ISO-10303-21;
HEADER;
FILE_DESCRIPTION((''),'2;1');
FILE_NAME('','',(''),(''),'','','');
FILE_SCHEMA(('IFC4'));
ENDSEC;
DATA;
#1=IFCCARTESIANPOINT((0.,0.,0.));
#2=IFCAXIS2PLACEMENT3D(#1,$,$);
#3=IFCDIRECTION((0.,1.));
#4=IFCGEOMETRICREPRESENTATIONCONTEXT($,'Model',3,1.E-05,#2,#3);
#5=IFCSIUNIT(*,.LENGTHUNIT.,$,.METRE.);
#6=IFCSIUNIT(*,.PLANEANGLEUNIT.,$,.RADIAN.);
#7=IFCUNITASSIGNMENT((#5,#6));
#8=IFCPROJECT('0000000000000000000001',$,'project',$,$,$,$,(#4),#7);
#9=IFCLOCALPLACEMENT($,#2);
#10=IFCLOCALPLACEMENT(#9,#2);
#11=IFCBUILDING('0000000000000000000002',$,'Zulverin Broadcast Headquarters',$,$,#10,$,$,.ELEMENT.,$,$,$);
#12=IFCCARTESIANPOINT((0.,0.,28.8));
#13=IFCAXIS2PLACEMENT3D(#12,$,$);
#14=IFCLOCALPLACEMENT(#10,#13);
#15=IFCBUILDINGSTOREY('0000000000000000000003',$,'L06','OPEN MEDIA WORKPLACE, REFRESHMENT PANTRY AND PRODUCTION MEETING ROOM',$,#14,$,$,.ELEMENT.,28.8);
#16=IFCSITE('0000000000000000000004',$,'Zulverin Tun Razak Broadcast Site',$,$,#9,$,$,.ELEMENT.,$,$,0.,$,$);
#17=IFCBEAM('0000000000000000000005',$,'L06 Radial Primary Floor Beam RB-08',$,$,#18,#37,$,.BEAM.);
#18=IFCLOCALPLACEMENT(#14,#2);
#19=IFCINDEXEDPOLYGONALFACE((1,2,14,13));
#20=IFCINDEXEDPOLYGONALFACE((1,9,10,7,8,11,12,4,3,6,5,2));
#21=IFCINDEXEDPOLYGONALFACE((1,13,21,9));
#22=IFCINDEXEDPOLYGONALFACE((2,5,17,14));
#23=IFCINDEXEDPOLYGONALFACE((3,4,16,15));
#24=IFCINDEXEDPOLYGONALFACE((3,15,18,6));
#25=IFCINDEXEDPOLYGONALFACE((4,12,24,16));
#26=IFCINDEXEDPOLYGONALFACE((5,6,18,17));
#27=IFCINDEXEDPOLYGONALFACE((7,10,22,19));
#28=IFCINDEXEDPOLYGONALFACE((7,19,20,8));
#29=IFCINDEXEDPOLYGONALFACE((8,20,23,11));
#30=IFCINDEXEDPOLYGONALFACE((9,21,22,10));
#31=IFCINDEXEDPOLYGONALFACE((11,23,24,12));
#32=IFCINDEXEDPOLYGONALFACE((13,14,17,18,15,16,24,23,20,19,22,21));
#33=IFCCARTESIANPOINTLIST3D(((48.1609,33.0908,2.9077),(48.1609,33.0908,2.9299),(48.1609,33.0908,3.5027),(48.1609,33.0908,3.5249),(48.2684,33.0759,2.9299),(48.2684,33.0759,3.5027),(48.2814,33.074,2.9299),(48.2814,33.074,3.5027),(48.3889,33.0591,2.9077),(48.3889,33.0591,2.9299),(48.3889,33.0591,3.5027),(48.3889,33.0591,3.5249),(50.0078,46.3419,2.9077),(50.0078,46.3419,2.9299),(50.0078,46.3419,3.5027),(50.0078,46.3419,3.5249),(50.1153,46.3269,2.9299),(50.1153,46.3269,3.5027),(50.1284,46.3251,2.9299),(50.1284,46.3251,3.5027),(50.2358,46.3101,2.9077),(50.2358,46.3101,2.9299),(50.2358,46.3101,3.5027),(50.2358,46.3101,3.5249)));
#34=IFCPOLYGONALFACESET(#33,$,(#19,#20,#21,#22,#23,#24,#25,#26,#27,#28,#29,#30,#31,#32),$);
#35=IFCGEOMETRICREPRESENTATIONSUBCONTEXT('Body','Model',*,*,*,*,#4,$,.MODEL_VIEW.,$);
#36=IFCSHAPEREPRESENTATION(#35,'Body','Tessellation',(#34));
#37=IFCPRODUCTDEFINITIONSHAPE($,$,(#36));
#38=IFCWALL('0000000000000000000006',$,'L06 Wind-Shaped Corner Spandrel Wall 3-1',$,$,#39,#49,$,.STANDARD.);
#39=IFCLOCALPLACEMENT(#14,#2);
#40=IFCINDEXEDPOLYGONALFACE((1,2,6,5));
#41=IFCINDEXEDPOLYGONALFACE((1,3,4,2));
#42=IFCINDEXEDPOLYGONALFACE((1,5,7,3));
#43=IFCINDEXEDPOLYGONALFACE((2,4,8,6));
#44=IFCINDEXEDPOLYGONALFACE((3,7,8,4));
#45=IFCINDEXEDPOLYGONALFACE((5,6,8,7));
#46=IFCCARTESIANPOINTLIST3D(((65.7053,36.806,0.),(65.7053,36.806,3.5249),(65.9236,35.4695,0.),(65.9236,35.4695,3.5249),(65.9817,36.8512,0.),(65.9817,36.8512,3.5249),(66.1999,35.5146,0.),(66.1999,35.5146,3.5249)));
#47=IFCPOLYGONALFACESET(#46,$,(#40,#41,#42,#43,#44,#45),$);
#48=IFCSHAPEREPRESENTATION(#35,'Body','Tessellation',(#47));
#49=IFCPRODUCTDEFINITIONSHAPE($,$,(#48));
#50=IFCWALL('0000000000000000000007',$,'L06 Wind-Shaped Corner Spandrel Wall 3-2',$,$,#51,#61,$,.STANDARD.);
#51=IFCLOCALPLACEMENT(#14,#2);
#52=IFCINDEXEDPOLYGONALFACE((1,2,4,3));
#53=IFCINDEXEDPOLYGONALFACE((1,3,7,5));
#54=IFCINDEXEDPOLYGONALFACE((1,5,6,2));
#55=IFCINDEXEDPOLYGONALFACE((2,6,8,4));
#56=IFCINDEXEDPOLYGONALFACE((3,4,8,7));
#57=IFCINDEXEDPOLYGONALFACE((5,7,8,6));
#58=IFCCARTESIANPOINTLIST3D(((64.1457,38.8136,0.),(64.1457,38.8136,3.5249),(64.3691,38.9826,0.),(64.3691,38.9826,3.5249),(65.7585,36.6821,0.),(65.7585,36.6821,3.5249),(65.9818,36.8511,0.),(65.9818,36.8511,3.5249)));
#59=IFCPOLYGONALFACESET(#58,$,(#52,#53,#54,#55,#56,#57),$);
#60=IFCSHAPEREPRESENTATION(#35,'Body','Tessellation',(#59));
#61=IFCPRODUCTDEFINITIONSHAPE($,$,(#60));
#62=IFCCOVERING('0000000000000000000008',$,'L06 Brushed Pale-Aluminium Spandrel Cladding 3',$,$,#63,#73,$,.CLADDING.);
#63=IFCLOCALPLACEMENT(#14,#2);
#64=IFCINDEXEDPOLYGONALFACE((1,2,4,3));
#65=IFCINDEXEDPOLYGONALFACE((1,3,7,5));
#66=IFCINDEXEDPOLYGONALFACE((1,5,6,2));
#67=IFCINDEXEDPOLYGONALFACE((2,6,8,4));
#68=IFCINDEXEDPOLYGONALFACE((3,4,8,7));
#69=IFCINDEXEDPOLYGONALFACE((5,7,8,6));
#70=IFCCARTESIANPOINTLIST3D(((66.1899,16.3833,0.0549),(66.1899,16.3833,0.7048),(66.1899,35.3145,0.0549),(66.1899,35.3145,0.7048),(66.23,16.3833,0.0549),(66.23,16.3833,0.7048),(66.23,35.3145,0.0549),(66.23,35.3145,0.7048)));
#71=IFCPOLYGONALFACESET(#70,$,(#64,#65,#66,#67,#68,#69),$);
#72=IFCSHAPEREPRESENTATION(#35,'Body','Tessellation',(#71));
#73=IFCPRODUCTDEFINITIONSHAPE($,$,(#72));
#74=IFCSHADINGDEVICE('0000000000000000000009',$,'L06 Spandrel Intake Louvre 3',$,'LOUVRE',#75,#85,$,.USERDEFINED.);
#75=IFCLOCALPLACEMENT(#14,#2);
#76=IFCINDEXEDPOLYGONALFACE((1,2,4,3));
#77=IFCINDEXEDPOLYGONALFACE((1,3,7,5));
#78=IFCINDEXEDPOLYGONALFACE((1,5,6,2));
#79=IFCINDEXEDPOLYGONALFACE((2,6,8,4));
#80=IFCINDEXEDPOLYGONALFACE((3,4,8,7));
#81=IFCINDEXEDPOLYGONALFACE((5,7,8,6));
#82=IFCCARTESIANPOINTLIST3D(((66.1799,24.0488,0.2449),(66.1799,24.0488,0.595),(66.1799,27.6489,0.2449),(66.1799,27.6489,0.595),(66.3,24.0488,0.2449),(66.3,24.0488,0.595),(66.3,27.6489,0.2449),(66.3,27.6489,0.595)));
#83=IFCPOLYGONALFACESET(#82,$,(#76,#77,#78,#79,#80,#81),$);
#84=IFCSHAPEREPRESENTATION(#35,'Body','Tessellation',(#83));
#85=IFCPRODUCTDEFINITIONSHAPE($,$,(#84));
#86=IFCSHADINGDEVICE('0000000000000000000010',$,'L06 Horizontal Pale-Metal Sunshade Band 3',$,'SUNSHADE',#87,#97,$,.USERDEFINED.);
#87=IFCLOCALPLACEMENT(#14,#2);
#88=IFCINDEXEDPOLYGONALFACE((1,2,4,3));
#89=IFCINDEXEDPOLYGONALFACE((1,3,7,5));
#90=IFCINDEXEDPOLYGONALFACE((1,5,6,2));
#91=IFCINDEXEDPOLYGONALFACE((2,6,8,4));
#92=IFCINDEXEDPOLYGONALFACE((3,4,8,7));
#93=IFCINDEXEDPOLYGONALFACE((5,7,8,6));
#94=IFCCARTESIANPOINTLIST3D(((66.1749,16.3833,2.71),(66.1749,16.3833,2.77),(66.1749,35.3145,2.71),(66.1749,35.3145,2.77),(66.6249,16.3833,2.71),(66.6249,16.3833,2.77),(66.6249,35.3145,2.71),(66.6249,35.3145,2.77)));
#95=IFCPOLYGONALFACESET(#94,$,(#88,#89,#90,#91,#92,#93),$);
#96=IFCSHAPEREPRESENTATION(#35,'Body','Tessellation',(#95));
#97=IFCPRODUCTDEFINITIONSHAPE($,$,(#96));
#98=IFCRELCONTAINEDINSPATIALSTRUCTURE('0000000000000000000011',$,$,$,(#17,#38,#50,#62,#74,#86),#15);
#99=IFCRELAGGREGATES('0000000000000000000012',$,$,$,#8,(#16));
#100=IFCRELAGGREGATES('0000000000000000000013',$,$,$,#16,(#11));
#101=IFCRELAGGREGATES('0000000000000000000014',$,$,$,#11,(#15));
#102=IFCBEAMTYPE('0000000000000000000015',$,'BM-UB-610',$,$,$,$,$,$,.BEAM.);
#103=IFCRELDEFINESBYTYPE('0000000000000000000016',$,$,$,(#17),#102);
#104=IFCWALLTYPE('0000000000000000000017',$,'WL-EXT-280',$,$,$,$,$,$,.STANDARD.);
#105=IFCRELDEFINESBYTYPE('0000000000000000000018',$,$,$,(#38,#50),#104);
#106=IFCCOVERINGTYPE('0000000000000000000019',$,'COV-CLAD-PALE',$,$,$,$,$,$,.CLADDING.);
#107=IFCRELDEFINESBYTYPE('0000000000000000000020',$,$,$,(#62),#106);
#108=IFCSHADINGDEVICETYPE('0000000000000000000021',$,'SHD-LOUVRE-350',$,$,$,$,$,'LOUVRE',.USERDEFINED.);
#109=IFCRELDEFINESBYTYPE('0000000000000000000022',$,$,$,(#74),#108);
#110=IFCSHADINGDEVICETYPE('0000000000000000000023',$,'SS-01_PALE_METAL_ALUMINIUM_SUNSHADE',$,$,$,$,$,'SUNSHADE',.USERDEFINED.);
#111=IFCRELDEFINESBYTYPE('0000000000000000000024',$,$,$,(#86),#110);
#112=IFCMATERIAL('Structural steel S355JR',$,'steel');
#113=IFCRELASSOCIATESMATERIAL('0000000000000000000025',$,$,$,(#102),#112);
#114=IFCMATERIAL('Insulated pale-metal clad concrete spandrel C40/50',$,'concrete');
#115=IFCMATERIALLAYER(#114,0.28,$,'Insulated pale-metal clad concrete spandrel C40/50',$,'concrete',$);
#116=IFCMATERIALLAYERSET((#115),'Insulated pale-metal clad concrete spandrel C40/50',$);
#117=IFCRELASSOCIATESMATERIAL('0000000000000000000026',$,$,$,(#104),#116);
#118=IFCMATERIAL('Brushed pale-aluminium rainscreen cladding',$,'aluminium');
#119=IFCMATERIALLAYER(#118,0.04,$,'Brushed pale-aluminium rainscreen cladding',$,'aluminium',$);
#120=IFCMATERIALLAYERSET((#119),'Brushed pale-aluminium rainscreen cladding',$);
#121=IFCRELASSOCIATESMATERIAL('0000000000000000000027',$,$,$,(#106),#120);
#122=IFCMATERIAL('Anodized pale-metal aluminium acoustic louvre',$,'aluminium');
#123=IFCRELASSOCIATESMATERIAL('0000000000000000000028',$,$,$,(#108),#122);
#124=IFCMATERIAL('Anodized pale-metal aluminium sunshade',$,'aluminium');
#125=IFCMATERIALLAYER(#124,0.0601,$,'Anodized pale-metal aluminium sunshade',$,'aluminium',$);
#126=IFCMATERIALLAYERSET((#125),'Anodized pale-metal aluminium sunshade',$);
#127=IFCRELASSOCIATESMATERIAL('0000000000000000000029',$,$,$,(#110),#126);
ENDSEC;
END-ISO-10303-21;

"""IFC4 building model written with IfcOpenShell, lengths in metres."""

from ifc_helpers import new_model, si_unit, direction, frame, frame_2d, origin, origin_2d, place, context, subcontext, project, spatial, rectangle, i_section, extrude, material, layer, layer_set, material_profile, profile_set, type_object, element, save


model = new_model("IFC4")

# Units and contexts
model_context = context("Model", 3, precision=1e-05, world=origin(), true_north=direction((0.0, 1.0)))
body_context = subcontext(model_context, "Body", "Model", "MODEL_VIEW")
ifc_project = project(units=[si_unit("LENGTHUNIT", "METRE"), si_unit("PLANEANGLEUNIT", "RADIAN")], contexts=[model_context])

# Site, building, storey
site_placement = place(None, origin())
site = spatial("IfcSite", under=ifc_project, at=site_placement, Name="Zulverin Tun Razak Broadcast Site", CompositionType="ELEMENT", RefElevation=0.0)
building_placement = place(site_placement, origin())
building = spatial("IfcBuilding", under=site, at=building_placement, Name="Zulverin Broadcast Headquarters", CompositionType="ELEMENT")
storey_placement = place(building_placement, frame((0.0, 0.0, 28.8)))
storey = spatial("IfcBuildingStorey", under=building, at=storey_placement, Name="L06", Description="OPEN MEDIA WORKPLACE, REFRESHMENT PANTRY AND PRODUCTION MEETING ROOM", CompositionType="ELEMENT", Elevation=28.8)

# Beam
ifc_material_1 = material(Name="Structural steel S355JR", Category="steel")
ifc_material_profile_1 = material_profile(ifc_material_1, i_section(OverallWidth=0.2302, OverallDepth=0.6172, WebThickness=0.0132, FlangeThickness=0.0222, at=origin_2d()), Name="Structural steel S355JR", Category="steel")
ifc_profile_set_1 = profile_set([ifc_material_profile_1], Name="Structural steel S355JR")
beam_type_1 = type_object("IfcBeamType", Name="BM-UB-610", PredefinedType="BEAM", material=ifc_profile_set_1)
beam_1_placement = place(storey_placement, frame((48.2749, 33.075, 3.2163), z_axis=(0.138046, 0.990426, 0.0), x_axis=(-0.990426, 0.138046, 0.0)))
element("IfcBeam", 1, at=beam_1_placement, inside=storey, type_object=beam_type_1, Name="L06 Radial Primary Floor Beam RB-08", PredefinedType="BEAM", context=body_context, shape_type="SweptSolid", body=[
    extrude(i_section(OverallWidth=0.2302, OverallDepth=0.6172, WebThickness=0.0132, FlangeThickness=0.0222, at=origin_2d()), origin(), (0.0, 0.0, 1.0), 13.3792),
])

# Walls
ifc_material_2 = material(Name="Insulated pale-metal clad concrete spandrel C40/50", Category="concrete")
ifc_layer_1 = layer(ifc_material_2, 0.28, Name="Insulated pale-metal clad concrete spandrel C40/50", Category="concrete")
ifc_layer_set_1 = layer_set([ifc_layer_1], Name="Insulated pale-metal clad concrete spandrel C40/50")
wall_type = type_object("IfcWallType", Name="WL-EXT-280", PredefinedType="STANDARD", material=ifc_layer_set_1)
wall_1_placement = place(storey_placement, frame((66.0618, 35.4919, 0.0), z_axis=(0.0, 0.0, 1.0), x_axis=(-0.161182, 0.986925, 0.0)))
element("IfcWall", 2, at=wall_1_placement, inside=storey, type_object=wall_type, Name="L06 Wind-Shaped Corner Spandrel Wall 3-1", PredefinedType="STANDARD", context=body_context, shape_type="SweptSolid", body=[
    extrude(rectangle(XDim=1.3542, YDim=0.28, at=frame_2d((0.6772, 0.0))), origin(), (0.0, 0.0, 1.0), 3.5249),
])
wall_2_placement = place(storey_placement, frame((65.8701, 36.7666, 0.0), z_axis=(0.0, 0.0, 1.0), x_axis=(-0.60337, 0.797461, 0.0)))
element("IfcWall", 3, at=wall_2_placement, inside=storey, type_object=wall_type, Name="L06 Wind-Shaped Corner Spandrel Wall 3-2", PredefinedType="STANDARD", context=body_context, shape_type="SweptSolid", body=[
    extrude(rectangle(XDim=2.6729, YDim=0.28, at=frame_2d((1.3364, 0.0))), origin(), (0.0, 0.0, 1.0), 3.5249),
])

# Covering
ifc_material_3 = material(Name="Brushed pale-aluminium rainscreen cladding", Category="aluminium")
ifc_layer_2 = layer(ifc_material_3, 0.04, Name="Brushed pale-aluminium rainscreen cladding", Category="aluminium")
ifc_layer_set_2 = layer_set([ifc_layer_2], Name="Brushed pale-aluminium rainscreen cladding")
covering_type = type_object("IfcCoveringType", Name="COV-CLAD-PALE", PredefinedType="CLADDING", material=ifc_layer_set_2)
covering_placement = place(storey_placement, frame((66.21, 25.8489, 0.0549), z_axis=(0.0, 0.0, 1.0), x_axis=(0.0, 1.0, 0.0)))
element("IfcCovering", 4, at=covering_placement, inside=storey, type_object=covering_type, Name="L06 Brushed Pale-Aluminium Spandrel Cladding 3", PredefinedType="CLADDING", context=body_context, shape_type="SweptSolid", body=[
    extrude(rectangle(XDim=18.9312, YDim=0.04, at=origin_2d()), origin(), (0.0, 0.0, 1.0), 0.6499),
])

# Shading devices
ifc_material_4 = material(Name="Anodized pale-metal aluminium acoustic louvre", Category="aluminium")
shading_device_type_1 = type_object("IfcShadingDeviceType", Name="SHD-LOUVRE-350", ElementType="LOUVRE", PredefinedType="USERDEFINED", material=ifc_material_4)
shading_device_1_placement = place(storey_placement, frame((66.24, 25.8489, 0.2449), z_axis=(0.0, 0.0, 1.0), x_axis=(0.0, 1.0, 0.0)))
element("IfcShadingDevice", 5, at=shading_device_1_placement, inside=storey, type_object=shading_device_type_1, Name="L06 Spandrel Intake Louvre 3", ObjectType="LOUVRE", PredefinedType="USERDEFINED", context=body_context, shape_type="SweptSolid", body=[
    extrude(rectangle(XDim=3.6001, YDim=0.1201, at=origin_2d()), origin(), (0.0, 0.0, 1.0), 0.3501),
])
ifc_material_5 = material(Name="Anodized pale-metal aluminium sunshade", Category="aluminium")
ifc_layer_3 = layer(ifc_material_5, 0.0601, Name="Anodized pale-metal aluminium sunshade", Category="aluminium")
ifc_layer_set_3 = layer_set([ifc_layer_3], Name="Anodized pale-metal aluminium sunshade")
shading_device_type_2 = type_object("IfcShadingDeviceType", Name="SS-01_PALE_METAL_ALUMINIUM_SUNSHADE", ElementType="SUNSHADE", PredefinedType="USERDEFINED", material=ifc_layer_set_3)
shading_device_2_placement = place(storey_placement, frame((66.3999, 25.8489, 2.71), z_axis=(0.0, 0.0, 1.0), x_axis=(0.0, 1.0, 0.0)))
element("IfcShadingDevice", 6, at=shading_device_2_placement, inside=storey, type_object=shading_device_type_2, Name="L06 Horizontal Pale-Metal Sunshade Band 3", ObjectType="SUNSHADE", PredefinedType="USERDEFINED", context=body_context, shape_type="SweptSolid", body=[
    extrude(rectangle(XDim=18.9312, YDim=0.45, at=origin_2d()), origin(), (0.0, 0.0, 1.0), 0.0601),
])

save(model, "model.ifc")
